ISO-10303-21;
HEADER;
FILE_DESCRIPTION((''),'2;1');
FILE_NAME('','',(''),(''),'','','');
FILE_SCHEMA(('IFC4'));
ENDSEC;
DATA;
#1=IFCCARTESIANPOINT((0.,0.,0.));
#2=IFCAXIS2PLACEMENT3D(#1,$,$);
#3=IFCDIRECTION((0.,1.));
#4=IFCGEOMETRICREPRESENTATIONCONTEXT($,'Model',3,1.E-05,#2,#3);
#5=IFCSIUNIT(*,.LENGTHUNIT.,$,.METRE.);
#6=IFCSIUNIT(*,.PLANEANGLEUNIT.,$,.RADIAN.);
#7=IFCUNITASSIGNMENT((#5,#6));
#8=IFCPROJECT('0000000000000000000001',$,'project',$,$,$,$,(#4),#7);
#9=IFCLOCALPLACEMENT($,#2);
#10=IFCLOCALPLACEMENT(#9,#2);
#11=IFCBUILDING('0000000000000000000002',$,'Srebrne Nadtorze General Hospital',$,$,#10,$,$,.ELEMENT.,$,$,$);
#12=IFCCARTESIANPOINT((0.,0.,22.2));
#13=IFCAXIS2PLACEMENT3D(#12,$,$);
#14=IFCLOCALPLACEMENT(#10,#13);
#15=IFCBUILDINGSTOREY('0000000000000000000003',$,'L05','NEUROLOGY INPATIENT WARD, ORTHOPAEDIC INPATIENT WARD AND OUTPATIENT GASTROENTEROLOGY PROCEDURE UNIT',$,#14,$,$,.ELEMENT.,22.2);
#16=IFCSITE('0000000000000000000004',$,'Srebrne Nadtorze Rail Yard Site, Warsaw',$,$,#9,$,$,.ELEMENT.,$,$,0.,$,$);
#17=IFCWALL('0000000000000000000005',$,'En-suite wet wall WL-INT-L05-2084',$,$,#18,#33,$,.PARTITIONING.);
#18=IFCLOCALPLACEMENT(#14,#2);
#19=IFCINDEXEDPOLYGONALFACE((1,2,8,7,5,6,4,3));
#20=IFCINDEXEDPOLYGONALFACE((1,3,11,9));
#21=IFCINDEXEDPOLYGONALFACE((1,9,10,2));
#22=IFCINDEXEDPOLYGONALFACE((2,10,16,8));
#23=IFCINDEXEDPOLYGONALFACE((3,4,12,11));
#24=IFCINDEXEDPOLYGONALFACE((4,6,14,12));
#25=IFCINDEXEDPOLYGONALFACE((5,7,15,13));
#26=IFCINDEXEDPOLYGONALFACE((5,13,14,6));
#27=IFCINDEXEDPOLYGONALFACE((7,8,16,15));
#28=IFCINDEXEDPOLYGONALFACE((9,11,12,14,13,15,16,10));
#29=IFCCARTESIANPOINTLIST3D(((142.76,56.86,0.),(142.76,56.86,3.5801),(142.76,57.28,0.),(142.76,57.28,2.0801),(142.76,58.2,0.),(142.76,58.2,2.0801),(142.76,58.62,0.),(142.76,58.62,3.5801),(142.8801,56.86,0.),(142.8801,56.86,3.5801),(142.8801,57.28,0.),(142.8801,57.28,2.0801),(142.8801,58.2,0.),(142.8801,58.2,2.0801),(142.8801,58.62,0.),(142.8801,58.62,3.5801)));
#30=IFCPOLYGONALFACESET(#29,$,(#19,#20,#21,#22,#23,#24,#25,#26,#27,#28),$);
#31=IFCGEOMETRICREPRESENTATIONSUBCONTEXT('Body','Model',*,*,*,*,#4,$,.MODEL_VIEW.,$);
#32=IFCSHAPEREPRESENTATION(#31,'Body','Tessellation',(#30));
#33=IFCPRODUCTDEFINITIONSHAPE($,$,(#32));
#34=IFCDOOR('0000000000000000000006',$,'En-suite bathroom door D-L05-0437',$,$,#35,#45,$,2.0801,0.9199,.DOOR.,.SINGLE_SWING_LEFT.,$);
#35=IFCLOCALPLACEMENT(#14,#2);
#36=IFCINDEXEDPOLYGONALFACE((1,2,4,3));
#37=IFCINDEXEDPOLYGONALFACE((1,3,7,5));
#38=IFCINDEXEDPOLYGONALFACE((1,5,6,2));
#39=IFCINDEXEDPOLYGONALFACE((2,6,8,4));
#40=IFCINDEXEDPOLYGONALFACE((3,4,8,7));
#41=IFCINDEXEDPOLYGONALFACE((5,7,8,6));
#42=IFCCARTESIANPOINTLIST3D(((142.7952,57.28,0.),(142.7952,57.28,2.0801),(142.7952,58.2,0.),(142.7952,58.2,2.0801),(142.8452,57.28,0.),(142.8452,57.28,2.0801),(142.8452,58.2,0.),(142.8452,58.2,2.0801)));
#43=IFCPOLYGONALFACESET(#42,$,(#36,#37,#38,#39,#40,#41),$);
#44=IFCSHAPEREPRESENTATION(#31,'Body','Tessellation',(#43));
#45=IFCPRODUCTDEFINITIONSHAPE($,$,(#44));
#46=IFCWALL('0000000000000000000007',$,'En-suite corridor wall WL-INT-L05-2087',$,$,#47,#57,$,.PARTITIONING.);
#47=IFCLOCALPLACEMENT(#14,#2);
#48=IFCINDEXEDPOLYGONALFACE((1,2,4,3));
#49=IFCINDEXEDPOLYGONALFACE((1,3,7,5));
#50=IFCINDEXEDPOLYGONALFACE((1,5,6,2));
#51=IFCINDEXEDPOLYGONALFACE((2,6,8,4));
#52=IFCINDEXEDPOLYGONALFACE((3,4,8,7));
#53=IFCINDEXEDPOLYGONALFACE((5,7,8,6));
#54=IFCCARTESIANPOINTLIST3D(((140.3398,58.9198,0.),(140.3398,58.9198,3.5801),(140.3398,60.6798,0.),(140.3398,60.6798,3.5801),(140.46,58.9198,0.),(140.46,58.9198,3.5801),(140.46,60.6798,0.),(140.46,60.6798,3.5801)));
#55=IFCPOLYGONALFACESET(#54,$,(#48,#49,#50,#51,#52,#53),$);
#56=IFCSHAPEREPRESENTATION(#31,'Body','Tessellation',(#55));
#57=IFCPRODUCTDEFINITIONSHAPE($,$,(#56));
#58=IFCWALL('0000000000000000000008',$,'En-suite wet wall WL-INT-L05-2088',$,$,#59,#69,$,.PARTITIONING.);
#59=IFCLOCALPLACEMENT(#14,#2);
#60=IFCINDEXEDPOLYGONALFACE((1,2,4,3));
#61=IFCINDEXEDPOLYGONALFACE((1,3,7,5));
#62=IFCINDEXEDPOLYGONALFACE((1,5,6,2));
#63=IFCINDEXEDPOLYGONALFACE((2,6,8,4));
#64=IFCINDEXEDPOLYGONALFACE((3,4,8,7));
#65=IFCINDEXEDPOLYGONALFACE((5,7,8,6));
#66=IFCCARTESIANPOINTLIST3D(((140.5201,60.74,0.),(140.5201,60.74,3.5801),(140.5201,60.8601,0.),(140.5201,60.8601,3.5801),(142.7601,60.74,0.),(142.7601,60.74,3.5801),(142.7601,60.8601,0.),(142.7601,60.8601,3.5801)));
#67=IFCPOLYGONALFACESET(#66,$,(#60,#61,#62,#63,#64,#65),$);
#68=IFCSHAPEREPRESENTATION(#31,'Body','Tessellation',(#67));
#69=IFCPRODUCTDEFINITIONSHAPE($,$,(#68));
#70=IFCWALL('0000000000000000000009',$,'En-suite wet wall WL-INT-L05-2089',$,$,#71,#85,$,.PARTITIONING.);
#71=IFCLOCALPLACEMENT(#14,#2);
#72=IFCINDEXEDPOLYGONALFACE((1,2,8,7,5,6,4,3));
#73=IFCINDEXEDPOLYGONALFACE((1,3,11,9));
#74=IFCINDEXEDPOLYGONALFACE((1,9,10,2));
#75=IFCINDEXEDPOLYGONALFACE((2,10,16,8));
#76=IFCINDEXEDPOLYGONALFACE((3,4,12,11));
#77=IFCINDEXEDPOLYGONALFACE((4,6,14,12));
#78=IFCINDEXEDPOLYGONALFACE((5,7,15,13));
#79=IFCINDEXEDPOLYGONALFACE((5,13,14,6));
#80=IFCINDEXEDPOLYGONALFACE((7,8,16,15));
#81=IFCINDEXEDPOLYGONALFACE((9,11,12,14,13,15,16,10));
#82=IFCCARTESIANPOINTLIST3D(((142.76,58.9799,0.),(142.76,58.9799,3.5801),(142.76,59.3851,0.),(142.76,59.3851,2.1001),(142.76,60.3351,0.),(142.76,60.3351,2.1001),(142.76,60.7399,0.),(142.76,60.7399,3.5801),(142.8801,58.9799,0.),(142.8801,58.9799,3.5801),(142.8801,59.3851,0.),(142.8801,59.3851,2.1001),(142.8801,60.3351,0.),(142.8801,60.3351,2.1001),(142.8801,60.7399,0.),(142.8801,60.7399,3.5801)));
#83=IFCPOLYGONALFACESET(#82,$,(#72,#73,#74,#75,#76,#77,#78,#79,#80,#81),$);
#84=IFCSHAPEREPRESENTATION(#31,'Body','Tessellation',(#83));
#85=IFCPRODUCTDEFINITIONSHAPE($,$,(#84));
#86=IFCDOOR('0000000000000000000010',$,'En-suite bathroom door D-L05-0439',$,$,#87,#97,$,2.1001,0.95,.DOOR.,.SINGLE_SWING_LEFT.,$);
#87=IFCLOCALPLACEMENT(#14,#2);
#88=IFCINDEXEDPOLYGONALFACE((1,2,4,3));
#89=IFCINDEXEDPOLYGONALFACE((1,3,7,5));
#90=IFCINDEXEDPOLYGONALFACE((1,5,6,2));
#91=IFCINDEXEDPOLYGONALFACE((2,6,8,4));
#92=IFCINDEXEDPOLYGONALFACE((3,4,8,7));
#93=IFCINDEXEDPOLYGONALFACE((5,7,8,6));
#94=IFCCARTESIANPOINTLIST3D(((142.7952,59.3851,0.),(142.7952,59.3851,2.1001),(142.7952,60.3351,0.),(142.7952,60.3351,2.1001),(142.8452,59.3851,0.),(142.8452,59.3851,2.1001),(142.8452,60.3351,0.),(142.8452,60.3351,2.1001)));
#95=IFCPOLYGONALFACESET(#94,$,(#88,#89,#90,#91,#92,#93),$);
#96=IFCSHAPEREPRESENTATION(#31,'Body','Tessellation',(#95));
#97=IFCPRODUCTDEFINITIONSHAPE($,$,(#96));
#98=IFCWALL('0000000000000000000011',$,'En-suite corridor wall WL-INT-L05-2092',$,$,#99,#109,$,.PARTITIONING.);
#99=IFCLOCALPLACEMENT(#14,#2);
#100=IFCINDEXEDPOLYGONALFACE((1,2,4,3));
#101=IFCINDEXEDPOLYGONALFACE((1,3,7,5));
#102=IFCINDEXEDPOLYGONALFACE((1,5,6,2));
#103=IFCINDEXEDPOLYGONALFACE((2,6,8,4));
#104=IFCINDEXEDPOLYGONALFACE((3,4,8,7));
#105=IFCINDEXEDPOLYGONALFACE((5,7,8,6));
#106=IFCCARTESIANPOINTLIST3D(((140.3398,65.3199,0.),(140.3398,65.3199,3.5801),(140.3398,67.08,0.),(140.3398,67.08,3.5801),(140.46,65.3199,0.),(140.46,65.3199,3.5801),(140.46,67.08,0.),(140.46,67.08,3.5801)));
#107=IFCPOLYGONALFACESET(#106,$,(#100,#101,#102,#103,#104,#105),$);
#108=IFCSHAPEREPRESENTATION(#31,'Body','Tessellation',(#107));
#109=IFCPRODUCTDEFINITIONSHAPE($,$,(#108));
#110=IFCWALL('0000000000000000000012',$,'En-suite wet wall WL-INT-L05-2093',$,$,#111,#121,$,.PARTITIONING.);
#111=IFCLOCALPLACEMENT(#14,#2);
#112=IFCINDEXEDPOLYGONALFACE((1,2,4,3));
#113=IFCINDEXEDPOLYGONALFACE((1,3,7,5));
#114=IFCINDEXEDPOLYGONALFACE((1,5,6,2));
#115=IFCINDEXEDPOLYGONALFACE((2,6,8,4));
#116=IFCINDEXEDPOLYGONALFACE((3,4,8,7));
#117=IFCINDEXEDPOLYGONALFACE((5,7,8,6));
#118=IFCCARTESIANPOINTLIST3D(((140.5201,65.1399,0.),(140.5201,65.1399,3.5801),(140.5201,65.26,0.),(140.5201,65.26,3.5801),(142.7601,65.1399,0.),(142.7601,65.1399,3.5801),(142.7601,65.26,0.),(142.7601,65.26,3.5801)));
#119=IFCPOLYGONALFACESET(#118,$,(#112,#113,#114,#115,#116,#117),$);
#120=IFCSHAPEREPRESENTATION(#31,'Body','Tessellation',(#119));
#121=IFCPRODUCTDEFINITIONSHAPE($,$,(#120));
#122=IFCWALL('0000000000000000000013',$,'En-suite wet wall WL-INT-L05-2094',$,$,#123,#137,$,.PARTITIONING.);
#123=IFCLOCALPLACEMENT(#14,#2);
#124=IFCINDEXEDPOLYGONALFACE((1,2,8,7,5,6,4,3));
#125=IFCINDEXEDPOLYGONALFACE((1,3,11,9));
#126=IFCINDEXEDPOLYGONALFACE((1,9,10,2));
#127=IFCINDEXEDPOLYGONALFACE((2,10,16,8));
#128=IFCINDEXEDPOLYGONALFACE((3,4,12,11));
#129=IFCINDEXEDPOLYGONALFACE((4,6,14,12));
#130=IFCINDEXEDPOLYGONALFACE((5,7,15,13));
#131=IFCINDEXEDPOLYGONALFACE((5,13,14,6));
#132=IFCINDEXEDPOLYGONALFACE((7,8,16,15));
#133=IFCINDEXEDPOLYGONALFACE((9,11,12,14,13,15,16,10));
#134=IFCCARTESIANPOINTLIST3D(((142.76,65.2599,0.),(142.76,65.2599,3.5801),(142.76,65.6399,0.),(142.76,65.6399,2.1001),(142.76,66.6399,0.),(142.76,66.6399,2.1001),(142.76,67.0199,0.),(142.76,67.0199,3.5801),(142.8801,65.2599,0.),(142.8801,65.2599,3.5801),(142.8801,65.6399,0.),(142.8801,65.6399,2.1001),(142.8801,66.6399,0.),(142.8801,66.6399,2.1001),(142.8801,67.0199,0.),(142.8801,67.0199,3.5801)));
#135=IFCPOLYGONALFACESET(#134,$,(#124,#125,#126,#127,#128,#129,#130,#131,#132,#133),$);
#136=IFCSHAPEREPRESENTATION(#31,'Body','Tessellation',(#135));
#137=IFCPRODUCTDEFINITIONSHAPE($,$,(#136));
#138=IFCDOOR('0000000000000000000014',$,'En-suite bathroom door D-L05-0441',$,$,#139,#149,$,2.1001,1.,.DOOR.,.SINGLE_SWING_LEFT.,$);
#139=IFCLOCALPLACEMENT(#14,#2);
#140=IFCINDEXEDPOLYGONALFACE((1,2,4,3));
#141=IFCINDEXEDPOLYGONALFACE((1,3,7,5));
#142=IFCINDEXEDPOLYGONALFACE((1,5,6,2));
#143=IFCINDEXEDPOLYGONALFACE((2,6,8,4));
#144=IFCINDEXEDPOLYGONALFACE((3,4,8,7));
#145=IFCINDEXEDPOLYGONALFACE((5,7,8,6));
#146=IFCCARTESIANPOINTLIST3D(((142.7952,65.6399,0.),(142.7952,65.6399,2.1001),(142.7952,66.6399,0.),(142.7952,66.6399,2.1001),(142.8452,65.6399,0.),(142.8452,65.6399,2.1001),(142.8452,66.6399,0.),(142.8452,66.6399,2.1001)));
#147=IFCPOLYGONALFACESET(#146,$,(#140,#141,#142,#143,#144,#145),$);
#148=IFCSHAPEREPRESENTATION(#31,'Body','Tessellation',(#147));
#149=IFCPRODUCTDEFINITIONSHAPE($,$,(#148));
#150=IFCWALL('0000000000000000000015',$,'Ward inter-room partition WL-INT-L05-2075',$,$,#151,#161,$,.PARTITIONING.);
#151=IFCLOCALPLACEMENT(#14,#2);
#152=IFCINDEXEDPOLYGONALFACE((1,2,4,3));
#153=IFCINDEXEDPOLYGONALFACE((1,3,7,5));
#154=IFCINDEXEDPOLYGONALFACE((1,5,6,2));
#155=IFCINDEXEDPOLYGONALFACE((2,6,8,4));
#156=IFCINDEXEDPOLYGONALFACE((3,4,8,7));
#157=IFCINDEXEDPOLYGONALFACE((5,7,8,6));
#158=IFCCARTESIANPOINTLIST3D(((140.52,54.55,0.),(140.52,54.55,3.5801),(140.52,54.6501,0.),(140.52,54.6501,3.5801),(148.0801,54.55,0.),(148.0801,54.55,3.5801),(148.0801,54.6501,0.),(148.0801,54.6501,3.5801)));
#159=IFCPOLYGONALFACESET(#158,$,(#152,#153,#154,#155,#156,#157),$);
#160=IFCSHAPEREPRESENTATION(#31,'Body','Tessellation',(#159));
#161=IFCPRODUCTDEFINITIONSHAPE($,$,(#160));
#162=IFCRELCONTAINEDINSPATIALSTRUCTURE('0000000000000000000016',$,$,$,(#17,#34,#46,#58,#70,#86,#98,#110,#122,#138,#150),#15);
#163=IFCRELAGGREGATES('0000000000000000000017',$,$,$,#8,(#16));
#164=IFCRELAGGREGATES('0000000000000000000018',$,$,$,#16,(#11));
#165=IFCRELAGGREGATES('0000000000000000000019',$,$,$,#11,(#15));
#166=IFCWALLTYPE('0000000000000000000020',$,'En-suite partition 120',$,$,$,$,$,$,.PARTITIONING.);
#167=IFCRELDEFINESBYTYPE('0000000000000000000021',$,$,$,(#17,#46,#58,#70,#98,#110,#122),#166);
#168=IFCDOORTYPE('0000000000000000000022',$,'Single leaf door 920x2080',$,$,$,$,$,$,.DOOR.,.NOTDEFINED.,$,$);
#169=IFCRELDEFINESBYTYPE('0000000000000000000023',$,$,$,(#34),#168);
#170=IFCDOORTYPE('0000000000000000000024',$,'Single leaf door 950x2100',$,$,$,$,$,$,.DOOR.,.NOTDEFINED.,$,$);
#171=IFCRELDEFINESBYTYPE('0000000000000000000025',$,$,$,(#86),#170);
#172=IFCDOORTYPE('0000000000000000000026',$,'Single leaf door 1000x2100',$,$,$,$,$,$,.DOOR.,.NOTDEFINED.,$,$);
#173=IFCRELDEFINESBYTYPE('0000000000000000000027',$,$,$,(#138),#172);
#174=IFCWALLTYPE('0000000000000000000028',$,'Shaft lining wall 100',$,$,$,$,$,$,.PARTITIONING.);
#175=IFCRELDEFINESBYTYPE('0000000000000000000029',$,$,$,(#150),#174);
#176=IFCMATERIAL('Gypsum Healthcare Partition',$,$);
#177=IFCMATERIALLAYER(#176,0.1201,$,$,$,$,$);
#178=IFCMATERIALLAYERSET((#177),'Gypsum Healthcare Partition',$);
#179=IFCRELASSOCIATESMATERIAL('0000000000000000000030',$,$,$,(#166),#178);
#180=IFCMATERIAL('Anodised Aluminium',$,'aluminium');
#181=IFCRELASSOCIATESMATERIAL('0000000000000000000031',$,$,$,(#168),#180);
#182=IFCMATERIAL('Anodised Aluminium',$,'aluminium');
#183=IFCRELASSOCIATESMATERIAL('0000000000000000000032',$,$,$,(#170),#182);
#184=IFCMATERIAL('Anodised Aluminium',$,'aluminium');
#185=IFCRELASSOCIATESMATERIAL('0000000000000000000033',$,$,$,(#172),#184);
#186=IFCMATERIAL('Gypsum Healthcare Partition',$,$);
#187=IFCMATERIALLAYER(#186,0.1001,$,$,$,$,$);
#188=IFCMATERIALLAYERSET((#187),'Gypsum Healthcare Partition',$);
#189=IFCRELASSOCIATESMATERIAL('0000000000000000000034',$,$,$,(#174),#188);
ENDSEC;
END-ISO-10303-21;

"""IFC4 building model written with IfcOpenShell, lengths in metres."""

from ifc_helpers import new_model, si_unit, direction, frame, frame_2d, origin, place, context, subcontext, project, spatial, rectangle, extrude, material, layer, layer_set, type_object, element, fill, save


model = new_model("IFC4")

# Units and contexts
model_context = context("Model", 3, precision=1e-05, world=origin(), true_north=direction((0.0, 1.0)))
body_context = subcontext(model_context, "Body", "Model", "MODEL_VIEW")
ifc_project = project(units=[si_unit("LENGTHUNIT", "METRE"), si_unit("PLANEANGLEUNIT", "RADIAN")], contexts=[model_context])

# Site, building, storey
site_placement = place(None, origin())
site = spatial("IfcSite", under=ifc_project, at=site_placement, Name="Srebrne Nadtorze Rail Yard Site, Warsaw", CompositionType="ELEMENT", RefElevation=0.0)
building_placement = place(site_placement, origin())
building = spatial("IfcBuilding", under=site, at=building_placement, Name="Srebrne Nadtorze General Hospital", CompositionType="ELEMENT")
storey_placement = place(building_placement, frame((0.0, 0.0, 22.2)))
storey = spatial("IfcBuildingStorey", under=building, at=storey_placement, Name="L05", Description="NEUROLOGY INPATIENT WARD, ORTHOPAEDIC INPATIENT WARD AND OUTPATIENT GASTROENTEROLOGY PROCEDURE UNIT", CompositionType="ELEMENT", Elevation=22.2)

# Shared definitions
ifc_material_1 = material(Name="Gypsum Healthcare Partition")
ifc_layer_1 = layer(ifc_material_1, 0.1201)
ifc_layer_set_1 = layer_set([ifc_layer_1], Name="Gypsum Healthcare Partition")
wall_type_1 = type_object("IfcWallType", Name="En-suite partition 120", PredefinedType="PARTITIONING", material=ifc_layer_set_1)

# Wall, opening, door
wall_1_placement = place(storey_placement, frame((142.8201, 56.8601, 0.0), z_axis=(0.0, 0.0, 1.0), x_axis=(0.0, 1.0, 0.0)))
wall_1 = element("IfcWall", 1, at=wall_1_placement, inside=storey, type_object=wall_type_1, Name="En-suite wet wall WL-INT-L05-2084", PredefinedType="PARTITIONING", context=body_context, shape_type="SweptSolid", body=[
    extrude(rectangle(XDim=1.76, YDim=0.1201, at=frame_2d((0.8799, 0.0))), origin(), (0.0, 0.0, 1.0), 3.5801),
])
opening_1_placement = place(wall_1_placement, frame((0.4199, 0.0, 0.0)))
opening_1 = element("IfcOpeningElement", 2, at=opening_1_placement, cuts=wall_1, PredefinedType="OPENING", context=body_context, shape_type="SweptSolid", body=[
    extrude(rectangle(XDim=0.9199, YDim=2.0801, at=frame_2d((0.46, 1.04))), frame((0.0, 0.072, 0.0), z_axis=(0.0, -1.0, 0.0), x_axis=(1.0, 0.0, 0.0)), (0.0, 0.0, 1.0), 0.144),
])
ifc_material_2 = material(Name="Anodised Aluminium", Category="aluminium")
door_type_1 = type_object("IfcDoorType", Name="Single leaf door 920x2080", OperationType="NOTDEFINED", PredefinedType="DOOR", material=ifc_material_2)
door_1_placement = place(opening_1_placement, origin())
door_1 = element("IfcDoor", 3, at=door_1_placement, inside=storey, type_object=door_type_1, Name="En-suite bathroom door D-L05-0437", OperationType="SINGLE_SWING_LEFT", OverallHeight=2.0801, OverallWidth=0.9199, PredefinedType="DOOR", context=body_context, shape_type="SweptSolid", body=[
    extrude(rectangle(XDim=0.9199, YDim=2.0801, at=frame_2d((0.46, 1.04))), frame((0.0, 0.0249, 0.0), z_axis=(0.0, -1.0, 0.0), x_axis=(1.0, 0.0, 0.0)), (0.0, 0.0, 1.0), 0.05),
])
fill(opening_1, door_1)

# Walls
wall_2_placement = place(storey_placement, frame((140.3999, 58.9199, 0.0), z_axis=(0.0, 0.0, 1.0), x_axis=(0.0, 1.0, 0.0)))
element("IfcWall", 4, at=wall_2_placement, inside=storey, type_object=wall_type_1, Name="En-suite corridor wall WL-INT-L05-2087", PredefinedType="PARTITIONING", context=body_context, shape_type="SweptSolid", body=[
    extrude(rectangle(XDim=1.76, YDim=0.1201, at=frame_2d((0.8799, 0.0))), origin(), (0.0, 0.0, 1.0), 3.5801),
])
wall_3_placement = place(storey_placement, frame((140.52, 60.8, 0.0), z_axis=(0.0, 0.0, 1.0), x_axis=(1.0, 0.0, 0.0)))
element("IfcWall", 5, at=wall_3_placement, inside=storey, type_object=wall_type_1, Name="En-suite wet wall WL-INT-L05-2088", PredefinedType="PARTITIONING", context=body_context, shape_type="SweptSolid", body=[
    extrude(rectangle(XDim=2.24, YDim=0.1201, at=frame_2d((1.1201, 0.0))), origin(), (0.0, 0.0, 1.0), 3.5801),
])

# Wall, opening, door
wall_4_placement = place(storey_placement, frame((142.8201, 58.98, 0.0), z_axis=(0.0, 0.0, 1.0), x_axis=(0.0, 1.0, 0.0)))
wall_4 = element("IfcWall", 6, at=wall_4_placement, inside=storey, type_object=wall_type_1, Name="En-suite wet wall WL-INT-L05-2089", PredefinedType="PARTITIONING", context=body_context, shape_type="SweptSolid", body=[
    extrude(rectangle(XDim=1.76, YDim=0.1201, at=frame_2d((0.8799, 0.0))), origin(), (0.0, 0.0, 1.0), 3.5801),
])
opening_2_placement = place(wall_4_placement, frame((0.405, 0.0, 0.0)))
opening_2 = element("IfcOpeningElement", 7, at=opening_2_placement, cuts=wall_4, PredefinedType="OPENING", context=body_context, shape_type="SweptSolid", body=[
    extrude(rectangle(XDim=0.95, YDim=2.1001, at=frame_2d((0.4751, 1.05))), frame((0.0, 0.072, 0.0), z_axis=(0.0, -1.0, 0.0), x_axis=(1.0, 0.0, 0.0)), (0.0, 0.0, 1.0), 0.144),
])
ifc_material_3 = material(Name="Anodised Aluminium", Category="aluminium")
door_type_2 = type_object("IfcDoorType", Name="Single leaf door 950x2100", OperationType="NOTDEFINED", PredefinedType="DOOR", material=ifc_material_3)
door_2_placement = place(opening_2_placement, origin())
door_2 = element("IfcDoor", 8, at=door_2_placement, inside=storey, type_object=door_type_2, Name="En-suite bathroom door D-L05-0439", OperationType="SINGLE_SWING_LEFT", OverallHeight=2.1001, OverallWidth=0.95, PredefinedType="DOOR", context=body_context, shape_type="SweptSolid", body=[
    extrude(rectangle(XDim=0.95, YDim=2.1001, at=frame_2d((0.4751, 1.05))), frame((0.0, 0.0249, 0.0), z_axis=(0.0, -1.0, 0.0), x_axis=(1.0, 0.0, 0.0)), (0.0, 0.0, 1.0), 0.05),
])
fill(opening_2, door_2)

# Walls
wall_5_placement = place(storey_placement, frame((140.3999, 65.3201, 0.0), z_axis=(0.0, 0.0, 1.0), x_axis=(0.0, 1.0, 0.0)))
element("IfcWall", 9, at=wall_5_placement, inside=storey, type_object=wall_type_1, Name="En-suite corridor wall WL-INT-L05-2092", PredefinedType="PARTITIONING", context=body_context, shape_type="SweptSolid", body=[
    extrude(rectangle(XDim=1.76, YDim=0.1201, at=frame_2d((0.8799, 0.0))), origin(), (0.0, 0.0, 1.0), 3.5801),
])
wall_6_placement = place(storey_placement, frame((140.52, 65.2, 0.0), z_axis=(0.0, 0.0, 1.0), x_axis=(1.0, 0.0, 0.0)))
element("IfcWall", 10, at=wall_6_placement, inside=storey, type_object=wall_type_1, Name="En-suite wet wall WL-INT-L05-2093", PredefinedType="PARTITIONING", context=body_context, shape_type="SweptSolid", body=[
    extrude(rectangle(XDim=2.24, YDim=0.1201, at=frame_2d((1.1201, 0.0))), origin(), (0.0, 0.0, 1.0), 3.5801),
])

# Wall, opening, door
wall_7_placement = place(storey_placement, frame((142.8201, 65.26, 0.0), z_axis=(0.0, 0.0, 1.0), x_axis=(0.0, 1.0, 0.0)))
wall_7 = element("IfcWall", 11, at=wall_7_placement, inside=storey, type_object=wall_type_1, Name="En-suite wet wall WL-INT-L05-2094", PredefinedType="PARTITIONING", context=body_context, shape_type="SweptSolid", body=[
    extrude(rectangle(XDim=1.76, YDim=0.1201, at=frame_2d((0.8799, 0.0))), origin(), (0.0, 0.0, 1.0), 3.5801),
])
opening_3_placement = place(wall_7_placement, frame((0.3799, 0.0, 0.0)))
opening_3 = element("IfcOpeningElement", 12, at=opening_3_placement, cuts=wall_7, PredefinedType="OPENING", context=body_context, shape_type="SweptSolid", body=[
    extrude(rectangle(XDim=1.0, YDim=2.1001, at=frame_2d((0.5, 1.05))), frame((0.0, 0.072, 0.0), z_axis=(0.0, -1.0, 0.0), x_axis=(1.0, 0.0, 0.0)), (0.0, 0.0, 1.0), 0.144),
])
ifc_material_4 = material(Name="Anodised Aluminium", Category="aluminium")
door_type_3 = type_object("IfcDoorType", Name="Single leaf door 1000x2100", OperationType="NOTDEFINED", PredefinedType="DOOR", material=ifc_material_4)
door_3_placement = place(opening_3_placement, origin())
door_3 = element("IfcDoor", 13, at=door_3_placement, inside=storey, type_object=door_type_3, Name="En-suite bathroom door D-L05-0441", OperationType="SINGLE_SWING_LEFT", OverallHeight=2.1001, OverallWidth=1.0, PredefinedType="DOOR", context=body_context, shape_type="SweptSolid", body=[
    extrude(rectangle(XDim=1.0, YDim=2.1001, at=frame_2d((0.5, 1.05))), frame((0.0, 0.0249, 0.0), z_axis=(0.0, -1.0, 0.0), x_axis=(1.0, 0.0, 0.0)), (0.0, 0.0, 1.0), 0.05),
])
fill(opening_3, door_3)

# Wall
ifc_material_5 = material(Name="Gypsum Healthcare Partition")
ifc_layer_2 = layer(ifc_material_5, 0.1001)
ifc_layer_set_2 = layer_set([ifc_layer_2], Name="Gypsum Healthcare Partition")
wall_type_2 = type_object("IfcWallType", Name="Shaft lining wall 100", PredefinedType="PARTITIONING", material=ifc_layer_set_2)
wall_8_placement = place(storey_placement, frame((140.52, 54.6001, 0.0), z_axis=(0.0, 0.0, 1.0), x_axis=(1.0, 0.0, 0.0)))
element("IfcWall", 14, at=wall_8_placement, inside=storey, type_object=wall_type_2, Name="Ward inter-room partition WL-INT-L05-2075", PredefinedType="PARTITIONING", context=body_context, shape_type="SweptSolid", body=[
    extrude(rectangle(XDim=7.5601, YDim=0.1001, at=frame_2d((3.78, 0.0))), origin(), (0.0, 0.0, 1.0), 3.5801),
])

save(model, "model.ifc")
